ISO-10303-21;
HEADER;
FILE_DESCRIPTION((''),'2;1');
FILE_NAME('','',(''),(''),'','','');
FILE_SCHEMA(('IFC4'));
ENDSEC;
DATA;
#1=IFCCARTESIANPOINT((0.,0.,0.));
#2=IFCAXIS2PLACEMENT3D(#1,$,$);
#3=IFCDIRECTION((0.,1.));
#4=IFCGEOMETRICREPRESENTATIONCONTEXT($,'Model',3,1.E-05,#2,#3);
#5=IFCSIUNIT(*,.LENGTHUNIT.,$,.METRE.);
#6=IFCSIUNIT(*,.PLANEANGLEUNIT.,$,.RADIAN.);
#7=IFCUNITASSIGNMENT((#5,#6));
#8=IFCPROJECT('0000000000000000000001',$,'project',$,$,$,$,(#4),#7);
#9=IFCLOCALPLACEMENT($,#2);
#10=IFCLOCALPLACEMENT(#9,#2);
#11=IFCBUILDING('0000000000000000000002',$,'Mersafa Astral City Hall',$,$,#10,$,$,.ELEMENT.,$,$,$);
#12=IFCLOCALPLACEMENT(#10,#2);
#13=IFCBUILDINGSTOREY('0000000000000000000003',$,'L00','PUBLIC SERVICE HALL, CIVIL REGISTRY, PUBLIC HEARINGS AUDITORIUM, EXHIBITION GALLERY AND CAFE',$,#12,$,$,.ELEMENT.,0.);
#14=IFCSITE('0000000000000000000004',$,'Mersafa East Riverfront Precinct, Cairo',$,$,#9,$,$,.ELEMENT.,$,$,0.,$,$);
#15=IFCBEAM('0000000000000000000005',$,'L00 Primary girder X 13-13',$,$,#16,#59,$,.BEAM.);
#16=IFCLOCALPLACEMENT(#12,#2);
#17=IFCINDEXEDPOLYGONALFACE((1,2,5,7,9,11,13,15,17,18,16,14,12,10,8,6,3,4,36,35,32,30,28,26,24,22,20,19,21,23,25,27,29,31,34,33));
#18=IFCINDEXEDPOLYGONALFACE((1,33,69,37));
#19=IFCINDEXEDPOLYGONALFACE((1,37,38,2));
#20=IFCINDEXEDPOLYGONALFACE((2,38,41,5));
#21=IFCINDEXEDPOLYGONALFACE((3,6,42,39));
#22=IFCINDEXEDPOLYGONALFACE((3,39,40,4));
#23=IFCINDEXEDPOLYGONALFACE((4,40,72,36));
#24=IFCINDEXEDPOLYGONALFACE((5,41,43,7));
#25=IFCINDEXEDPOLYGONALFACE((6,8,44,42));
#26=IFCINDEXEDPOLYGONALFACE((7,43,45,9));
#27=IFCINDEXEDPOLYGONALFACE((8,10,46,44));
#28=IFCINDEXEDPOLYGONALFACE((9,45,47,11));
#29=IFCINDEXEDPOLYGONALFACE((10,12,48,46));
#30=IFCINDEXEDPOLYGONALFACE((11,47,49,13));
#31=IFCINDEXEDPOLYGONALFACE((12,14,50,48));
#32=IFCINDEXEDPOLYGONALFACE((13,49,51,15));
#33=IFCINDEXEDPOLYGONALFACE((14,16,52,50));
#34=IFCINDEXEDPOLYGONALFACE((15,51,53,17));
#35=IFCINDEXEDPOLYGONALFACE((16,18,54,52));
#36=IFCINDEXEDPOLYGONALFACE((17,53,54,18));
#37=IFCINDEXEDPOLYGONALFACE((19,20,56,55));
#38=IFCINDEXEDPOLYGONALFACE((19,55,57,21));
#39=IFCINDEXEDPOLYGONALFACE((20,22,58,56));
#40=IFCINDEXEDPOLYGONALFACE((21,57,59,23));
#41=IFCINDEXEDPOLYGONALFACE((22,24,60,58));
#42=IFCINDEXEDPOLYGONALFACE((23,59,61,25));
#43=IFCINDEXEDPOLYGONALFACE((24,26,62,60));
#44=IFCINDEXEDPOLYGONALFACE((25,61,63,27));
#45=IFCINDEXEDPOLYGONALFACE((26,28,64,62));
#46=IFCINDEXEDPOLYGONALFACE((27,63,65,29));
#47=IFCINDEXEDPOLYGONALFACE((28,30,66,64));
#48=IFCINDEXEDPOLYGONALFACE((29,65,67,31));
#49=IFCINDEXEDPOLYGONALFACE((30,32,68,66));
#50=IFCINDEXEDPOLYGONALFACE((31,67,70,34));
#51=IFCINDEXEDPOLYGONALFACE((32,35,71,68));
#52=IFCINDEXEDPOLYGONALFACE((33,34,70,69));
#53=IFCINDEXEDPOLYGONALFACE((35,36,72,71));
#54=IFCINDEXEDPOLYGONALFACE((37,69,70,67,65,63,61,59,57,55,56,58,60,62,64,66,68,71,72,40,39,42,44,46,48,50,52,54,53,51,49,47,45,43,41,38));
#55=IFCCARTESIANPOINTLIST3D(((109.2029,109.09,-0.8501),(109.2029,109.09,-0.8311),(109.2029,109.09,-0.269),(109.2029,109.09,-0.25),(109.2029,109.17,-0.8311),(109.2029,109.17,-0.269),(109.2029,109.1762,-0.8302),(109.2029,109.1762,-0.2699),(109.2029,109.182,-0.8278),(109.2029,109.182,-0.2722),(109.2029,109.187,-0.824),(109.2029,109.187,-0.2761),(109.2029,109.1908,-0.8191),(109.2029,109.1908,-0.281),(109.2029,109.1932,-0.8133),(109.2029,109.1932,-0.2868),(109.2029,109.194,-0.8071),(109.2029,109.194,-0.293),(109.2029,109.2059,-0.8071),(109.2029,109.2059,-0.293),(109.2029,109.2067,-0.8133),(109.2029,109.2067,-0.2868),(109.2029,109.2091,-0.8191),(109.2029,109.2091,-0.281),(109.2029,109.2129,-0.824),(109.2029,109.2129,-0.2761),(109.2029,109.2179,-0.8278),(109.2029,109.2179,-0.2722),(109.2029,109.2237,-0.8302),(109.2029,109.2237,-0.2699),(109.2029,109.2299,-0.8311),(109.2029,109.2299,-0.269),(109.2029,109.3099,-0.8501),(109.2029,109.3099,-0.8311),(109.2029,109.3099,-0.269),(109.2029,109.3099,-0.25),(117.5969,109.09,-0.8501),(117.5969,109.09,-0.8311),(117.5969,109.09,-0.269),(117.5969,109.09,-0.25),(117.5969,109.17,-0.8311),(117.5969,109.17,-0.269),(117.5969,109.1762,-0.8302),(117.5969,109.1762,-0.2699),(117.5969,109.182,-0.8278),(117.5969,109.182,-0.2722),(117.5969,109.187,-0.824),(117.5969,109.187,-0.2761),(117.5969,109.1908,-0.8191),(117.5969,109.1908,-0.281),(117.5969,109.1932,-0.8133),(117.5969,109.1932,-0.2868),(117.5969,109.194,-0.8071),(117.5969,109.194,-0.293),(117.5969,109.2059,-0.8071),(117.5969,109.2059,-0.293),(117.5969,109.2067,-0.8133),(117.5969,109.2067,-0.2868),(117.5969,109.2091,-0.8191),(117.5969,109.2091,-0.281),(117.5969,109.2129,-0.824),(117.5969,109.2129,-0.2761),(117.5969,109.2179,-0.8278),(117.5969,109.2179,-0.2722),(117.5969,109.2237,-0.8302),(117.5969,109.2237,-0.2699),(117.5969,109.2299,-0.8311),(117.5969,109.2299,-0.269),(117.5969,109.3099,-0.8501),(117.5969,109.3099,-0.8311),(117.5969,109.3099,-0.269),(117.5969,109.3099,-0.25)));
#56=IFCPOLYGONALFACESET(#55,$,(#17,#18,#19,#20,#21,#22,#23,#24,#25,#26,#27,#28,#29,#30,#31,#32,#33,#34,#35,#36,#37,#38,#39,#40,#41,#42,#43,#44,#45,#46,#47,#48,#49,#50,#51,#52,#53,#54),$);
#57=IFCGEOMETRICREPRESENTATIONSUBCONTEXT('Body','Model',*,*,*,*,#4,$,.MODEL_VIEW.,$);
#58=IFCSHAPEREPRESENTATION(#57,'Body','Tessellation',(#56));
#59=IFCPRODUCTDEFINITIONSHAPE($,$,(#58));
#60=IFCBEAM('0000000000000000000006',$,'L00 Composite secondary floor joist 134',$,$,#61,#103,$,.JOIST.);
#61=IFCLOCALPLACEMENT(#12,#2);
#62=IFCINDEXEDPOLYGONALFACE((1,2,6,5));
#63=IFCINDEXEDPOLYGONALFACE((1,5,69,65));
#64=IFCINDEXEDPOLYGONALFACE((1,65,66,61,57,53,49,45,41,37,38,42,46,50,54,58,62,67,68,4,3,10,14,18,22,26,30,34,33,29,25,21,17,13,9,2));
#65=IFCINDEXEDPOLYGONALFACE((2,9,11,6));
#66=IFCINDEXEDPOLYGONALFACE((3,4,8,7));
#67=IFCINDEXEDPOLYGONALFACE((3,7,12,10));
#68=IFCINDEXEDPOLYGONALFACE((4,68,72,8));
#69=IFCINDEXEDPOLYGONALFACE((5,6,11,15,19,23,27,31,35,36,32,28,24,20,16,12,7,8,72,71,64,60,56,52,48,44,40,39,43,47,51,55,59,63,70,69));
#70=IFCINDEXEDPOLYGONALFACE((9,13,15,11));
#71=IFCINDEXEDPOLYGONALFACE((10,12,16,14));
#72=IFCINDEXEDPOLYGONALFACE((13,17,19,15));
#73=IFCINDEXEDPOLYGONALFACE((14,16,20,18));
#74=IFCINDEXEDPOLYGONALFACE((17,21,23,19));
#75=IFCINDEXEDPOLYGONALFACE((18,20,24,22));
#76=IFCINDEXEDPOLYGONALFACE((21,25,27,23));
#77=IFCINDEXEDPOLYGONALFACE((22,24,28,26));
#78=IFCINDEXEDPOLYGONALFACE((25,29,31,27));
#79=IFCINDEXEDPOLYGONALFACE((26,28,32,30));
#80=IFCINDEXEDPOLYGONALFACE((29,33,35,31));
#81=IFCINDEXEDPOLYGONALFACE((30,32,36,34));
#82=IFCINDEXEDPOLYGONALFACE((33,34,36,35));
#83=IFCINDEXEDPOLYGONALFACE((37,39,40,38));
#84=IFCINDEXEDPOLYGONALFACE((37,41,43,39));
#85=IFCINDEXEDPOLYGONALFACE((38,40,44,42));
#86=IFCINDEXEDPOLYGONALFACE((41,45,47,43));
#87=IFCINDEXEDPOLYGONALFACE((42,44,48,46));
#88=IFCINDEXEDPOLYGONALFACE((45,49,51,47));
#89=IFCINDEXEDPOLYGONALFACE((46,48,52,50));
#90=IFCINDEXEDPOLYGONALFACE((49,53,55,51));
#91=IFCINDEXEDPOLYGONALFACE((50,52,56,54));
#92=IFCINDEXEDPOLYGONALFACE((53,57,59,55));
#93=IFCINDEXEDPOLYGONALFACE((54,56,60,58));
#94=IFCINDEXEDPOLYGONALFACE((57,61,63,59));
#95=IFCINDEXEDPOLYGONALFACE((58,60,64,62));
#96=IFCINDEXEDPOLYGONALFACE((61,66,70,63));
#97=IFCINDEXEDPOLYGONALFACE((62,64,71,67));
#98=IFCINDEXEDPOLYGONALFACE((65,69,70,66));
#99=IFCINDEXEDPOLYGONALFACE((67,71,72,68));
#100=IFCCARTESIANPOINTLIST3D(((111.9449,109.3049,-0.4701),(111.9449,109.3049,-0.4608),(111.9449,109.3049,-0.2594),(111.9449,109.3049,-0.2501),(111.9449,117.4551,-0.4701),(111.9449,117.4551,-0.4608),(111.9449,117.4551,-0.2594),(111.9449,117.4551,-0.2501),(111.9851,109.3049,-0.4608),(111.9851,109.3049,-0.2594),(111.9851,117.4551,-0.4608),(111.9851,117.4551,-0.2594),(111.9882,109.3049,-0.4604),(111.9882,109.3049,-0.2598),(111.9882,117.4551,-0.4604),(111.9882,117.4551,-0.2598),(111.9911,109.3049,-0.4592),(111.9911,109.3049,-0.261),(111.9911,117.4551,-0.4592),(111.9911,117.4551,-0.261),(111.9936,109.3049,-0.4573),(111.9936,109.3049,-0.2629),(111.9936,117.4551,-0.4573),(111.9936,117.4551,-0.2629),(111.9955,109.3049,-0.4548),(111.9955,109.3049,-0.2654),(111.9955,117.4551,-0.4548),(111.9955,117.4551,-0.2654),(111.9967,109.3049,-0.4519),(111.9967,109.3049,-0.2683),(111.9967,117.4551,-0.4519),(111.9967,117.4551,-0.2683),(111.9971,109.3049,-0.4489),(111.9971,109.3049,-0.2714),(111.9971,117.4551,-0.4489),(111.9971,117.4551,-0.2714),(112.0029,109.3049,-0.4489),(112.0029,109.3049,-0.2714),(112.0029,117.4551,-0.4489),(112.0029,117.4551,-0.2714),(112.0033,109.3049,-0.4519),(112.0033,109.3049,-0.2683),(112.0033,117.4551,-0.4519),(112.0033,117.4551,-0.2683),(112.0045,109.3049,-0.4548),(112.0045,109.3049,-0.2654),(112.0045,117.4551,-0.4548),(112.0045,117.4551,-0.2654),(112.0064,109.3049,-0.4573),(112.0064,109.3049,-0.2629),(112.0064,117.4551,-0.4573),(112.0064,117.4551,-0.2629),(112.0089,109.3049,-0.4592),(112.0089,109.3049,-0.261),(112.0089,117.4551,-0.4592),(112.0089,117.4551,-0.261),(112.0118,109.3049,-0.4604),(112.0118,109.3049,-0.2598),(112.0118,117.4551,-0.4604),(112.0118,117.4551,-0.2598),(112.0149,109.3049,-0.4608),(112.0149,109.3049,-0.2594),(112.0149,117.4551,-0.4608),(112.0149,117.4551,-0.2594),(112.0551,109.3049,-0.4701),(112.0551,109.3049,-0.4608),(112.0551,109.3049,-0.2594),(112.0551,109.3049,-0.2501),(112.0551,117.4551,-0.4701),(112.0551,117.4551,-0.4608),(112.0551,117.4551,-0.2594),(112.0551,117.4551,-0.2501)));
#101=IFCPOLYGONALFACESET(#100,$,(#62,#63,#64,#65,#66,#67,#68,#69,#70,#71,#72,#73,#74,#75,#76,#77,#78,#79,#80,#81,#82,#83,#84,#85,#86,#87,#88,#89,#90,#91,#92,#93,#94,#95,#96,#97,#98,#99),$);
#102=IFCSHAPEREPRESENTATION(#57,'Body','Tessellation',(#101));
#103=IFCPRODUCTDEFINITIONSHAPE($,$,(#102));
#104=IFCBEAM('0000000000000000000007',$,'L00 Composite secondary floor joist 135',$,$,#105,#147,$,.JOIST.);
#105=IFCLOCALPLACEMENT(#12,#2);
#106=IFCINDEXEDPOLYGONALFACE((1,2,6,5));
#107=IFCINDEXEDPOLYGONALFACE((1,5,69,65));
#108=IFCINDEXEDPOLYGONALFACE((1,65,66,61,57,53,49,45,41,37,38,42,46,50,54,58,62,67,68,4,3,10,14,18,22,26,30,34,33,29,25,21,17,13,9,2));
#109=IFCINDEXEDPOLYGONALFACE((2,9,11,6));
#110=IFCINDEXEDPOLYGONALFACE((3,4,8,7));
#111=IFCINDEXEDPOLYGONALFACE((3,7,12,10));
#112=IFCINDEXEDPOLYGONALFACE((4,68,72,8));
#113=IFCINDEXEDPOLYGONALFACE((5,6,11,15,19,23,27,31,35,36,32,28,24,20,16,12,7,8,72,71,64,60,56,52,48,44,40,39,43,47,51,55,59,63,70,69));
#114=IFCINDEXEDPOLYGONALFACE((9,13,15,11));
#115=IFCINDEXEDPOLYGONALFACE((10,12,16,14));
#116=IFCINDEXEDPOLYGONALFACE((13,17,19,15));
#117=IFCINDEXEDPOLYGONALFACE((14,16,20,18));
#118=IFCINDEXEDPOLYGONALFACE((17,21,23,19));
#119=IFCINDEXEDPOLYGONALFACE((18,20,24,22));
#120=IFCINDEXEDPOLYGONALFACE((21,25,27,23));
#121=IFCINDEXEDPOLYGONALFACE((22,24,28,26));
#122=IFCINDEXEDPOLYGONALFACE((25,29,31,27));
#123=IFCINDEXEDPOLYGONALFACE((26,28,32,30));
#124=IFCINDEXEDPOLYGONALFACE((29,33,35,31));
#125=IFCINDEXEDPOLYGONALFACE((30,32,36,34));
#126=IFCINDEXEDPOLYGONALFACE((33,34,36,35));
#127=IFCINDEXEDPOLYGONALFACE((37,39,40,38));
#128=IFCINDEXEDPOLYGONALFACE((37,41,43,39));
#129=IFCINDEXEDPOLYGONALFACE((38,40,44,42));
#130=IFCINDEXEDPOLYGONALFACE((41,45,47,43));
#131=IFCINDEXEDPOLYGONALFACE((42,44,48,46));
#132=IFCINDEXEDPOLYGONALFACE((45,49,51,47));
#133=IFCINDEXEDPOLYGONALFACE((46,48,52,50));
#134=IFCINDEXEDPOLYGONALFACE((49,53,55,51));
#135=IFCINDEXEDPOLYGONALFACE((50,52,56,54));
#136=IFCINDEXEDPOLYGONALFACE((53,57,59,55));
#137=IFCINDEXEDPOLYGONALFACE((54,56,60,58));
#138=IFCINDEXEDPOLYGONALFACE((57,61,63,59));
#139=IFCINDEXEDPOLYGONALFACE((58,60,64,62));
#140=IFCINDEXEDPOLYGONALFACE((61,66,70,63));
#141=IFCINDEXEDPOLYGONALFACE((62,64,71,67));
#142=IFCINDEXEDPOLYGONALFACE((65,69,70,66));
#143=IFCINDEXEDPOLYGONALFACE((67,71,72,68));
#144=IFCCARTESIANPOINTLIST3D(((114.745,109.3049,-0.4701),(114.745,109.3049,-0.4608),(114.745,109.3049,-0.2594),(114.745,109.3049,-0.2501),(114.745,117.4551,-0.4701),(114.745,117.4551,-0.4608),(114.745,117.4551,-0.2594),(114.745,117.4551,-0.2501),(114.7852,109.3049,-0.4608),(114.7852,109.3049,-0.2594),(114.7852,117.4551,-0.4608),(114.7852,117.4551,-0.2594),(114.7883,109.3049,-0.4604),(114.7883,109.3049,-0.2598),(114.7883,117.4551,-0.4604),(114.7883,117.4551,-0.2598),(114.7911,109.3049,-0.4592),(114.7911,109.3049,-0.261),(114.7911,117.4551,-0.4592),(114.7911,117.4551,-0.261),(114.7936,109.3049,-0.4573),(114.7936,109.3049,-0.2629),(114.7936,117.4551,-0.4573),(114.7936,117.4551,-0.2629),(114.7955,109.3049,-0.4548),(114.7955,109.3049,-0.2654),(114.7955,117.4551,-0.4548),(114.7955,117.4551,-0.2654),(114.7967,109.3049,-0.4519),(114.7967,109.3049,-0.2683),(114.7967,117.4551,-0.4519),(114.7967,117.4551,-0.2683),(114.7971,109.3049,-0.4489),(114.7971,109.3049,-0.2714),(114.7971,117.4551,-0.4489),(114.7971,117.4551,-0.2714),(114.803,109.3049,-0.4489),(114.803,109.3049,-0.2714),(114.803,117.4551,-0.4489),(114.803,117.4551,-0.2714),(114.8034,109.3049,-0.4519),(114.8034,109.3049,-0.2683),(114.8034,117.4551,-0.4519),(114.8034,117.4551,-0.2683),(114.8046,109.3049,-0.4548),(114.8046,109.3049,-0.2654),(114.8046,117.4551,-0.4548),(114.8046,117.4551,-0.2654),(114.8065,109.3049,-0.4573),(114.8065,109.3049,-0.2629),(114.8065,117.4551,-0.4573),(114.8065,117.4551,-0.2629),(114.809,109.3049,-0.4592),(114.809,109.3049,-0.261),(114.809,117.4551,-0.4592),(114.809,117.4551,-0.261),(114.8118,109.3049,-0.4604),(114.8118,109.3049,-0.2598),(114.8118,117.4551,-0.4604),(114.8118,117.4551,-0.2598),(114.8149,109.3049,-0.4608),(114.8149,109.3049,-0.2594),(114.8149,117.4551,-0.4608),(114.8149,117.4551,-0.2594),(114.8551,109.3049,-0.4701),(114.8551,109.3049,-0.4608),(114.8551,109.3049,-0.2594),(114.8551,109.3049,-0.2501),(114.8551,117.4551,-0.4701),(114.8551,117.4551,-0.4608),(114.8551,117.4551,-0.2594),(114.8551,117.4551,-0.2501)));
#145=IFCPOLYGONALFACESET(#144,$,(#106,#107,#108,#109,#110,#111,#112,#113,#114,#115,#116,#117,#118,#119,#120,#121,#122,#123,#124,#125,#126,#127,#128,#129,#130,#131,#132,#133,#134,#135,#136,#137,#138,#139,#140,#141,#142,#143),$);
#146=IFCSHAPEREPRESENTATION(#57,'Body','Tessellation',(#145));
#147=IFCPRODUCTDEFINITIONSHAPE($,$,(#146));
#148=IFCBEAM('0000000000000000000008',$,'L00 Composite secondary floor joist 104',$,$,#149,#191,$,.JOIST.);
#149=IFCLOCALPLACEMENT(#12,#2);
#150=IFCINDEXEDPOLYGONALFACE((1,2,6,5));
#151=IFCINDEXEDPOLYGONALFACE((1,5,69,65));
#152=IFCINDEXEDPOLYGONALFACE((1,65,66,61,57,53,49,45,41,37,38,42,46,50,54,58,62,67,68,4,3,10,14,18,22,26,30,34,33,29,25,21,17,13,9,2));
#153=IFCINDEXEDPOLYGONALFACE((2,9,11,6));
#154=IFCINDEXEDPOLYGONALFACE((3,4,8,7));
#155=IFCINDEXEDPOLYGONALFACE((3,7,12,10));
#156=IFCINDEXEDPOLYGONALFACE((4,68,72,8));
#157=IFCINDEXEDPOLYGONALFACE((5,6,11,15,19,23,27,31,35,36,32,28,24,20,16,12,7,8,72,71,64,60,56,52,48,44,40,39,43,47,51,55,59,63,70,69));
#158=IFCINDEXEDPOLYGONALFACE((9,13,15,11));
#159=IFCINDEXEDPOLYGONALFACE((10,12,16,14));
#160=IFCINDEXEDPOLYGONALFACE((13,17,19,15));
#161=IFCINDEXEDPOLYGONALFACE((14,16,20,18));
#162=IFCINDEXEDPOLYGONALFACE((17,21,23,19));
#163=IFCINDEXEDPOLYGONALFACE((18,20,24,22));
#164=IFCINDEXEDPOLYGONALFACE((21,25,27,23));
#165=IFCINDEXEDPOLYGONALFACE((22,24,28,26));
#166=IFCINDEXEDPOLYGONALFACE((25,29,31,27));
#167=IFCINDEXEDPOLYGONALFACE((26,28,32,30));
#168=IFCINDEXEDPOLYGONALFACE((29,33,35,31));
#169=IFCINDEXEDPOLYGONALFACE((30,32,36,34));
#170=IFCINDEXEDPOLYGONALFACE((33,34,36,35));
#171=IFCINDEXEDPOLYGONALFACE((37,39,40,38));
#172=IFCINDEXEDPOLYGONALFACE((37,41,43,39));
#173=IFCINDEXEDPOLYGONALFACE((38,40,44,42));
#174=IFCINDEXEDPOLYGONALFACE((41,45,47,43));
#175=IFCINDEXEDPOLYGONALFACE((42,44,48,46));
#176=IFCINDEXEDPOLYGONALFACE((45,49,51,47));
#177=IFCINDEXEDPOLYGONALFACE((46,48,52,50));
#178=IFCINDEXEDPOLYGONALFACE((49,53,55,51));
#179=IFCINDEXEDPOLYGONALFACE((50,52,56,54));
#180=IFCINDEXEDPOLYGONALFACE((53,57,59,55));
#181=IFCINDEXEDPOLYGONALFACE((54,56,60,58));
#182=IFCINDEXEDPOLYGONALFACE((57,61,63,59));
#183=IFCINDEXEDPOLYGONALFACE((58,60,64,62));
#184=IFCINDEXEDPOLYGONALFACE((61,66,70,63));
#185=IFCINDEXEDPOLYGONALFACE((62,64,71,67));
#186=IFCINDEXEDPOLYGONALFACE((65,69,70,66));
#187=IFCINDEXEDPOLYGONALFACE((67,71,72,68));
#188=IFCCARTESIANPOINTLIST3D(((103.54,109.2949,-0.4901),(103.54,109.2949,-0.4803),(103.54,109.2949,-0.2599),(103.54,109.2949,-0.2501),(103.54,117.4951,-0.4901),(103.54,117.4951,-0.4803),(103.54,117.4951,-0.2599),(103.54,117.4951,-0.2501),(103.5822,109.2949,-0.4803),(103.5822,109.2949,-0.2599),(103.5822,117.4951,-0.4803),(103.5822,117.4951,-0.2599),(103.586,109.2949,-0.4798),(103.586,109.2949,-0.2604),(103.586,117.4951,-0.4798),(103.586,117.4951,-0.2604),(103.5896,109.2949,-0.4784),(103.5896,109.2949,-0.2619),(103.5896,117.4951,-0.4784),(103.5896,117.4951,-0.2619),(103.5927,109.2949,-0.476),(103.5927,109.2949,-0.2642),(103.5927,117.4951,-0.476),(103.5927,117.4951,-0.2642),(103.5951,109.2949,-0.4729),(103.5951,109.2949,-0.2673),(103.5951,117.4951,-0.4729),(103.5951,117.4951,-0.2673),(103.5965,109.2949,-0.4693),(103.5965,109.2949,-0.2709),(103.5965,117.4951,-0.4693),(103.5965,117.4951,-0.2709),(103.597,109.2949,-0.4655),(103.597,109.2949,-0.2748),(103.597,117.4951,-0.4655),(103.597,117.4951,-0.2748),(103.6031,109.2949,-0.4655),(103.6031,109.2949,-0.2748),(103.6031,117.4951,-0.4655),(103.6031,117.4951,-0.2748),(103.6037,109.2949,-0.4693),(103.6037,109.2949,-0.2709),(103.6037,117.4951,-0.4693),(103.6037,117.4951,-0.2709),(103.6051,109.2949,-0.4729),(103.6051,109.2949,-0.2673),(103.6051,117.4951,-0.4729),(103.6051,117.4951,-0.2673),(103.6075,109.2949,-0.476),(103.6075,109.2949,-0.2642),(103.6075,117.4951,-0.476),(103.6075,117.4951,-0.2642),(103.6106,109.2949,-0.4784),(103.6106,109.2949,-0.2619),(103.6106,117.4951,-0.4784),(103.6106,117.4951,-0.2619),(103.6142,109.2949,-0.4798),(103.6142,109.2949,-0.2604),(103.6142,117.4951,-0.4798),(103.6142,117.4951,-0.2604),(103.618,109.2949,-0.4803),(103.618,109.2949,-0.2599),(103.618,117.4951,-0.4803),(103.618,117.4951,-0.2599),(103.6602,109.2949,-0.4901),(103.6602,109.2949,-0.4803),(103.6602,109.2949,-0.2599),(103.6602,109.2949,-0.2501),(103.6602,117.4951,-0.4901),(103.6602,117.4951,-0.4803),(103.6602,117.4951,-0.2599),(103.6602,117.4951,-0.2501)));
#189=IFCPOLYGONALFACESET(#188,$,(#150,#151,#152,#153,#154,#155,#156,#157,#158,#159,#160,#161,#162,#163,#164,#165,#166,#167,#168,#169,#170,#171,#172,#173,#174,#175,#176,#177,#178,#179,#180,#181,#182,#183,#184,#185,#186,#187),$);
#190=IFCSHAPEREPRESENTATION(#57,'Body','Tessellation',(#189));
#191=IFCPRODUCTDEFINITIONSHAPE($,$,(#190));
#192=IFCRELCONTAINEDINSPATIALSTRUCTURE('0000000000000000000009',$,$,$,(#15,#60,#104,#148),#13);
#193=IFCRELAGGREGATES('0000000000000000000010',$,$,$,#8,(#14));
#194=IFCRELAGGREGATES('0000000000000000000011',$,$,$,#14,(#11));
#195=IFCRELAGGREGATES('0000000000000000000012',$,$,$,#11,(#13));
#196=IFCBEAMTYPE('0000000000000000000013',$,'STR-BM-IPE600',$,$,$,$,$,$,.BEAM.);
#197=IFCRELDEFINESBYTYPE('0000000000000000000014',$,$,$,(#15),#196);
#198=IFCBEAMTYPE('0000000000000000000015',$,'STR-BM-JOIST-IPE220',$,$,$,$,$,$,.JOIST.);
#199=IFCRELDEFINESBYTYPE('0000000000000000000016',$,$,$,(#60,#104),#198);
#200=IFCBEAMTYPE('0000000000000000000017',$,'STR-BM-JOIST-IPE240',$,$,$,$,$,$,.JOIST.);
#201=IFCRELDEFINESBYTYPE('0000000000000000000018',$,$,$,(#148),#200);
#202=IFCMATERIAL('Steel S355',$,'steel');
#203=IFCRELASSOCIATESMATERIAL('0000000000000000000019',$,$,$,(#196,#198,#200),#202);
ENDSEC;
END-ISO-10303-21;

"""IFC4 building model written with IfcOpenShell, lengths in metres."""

from ifc_helpers import new_model, si_unit, direction, frame, origin, origin_2d, place, context, subcontext, project, spatial, i_section, extrude, material, material_profile, profile_set, type_object, element, save


model = new_model("IFC4")

# Units and contexts
model_context = context("Model", 3, precision=1e-05, world=origin(), true_north=direction((0.0, 1.0)))
body_context = subcontext(model_context, "Body", "Model", "MODEL_VIEW")
ifc_project = project(units=[si_unit("LENGTHUNIT", "METRE"), si_unit("PLANEANGLEUNIT", "RADIAN")], contexts=[model_context])

# Site, building, storey
site_placement = place(None, origin())
site = spatial("IfcSite", under=ifc_project, at=site_placement, Name="Mersafa East Riverfront Precinct, Cairo", CompositionType="ELEMENT", RefElevation=0.0)
building_placement = place(site_placement, origin())
building = spatial("IfcBuilding", under=site, at=building_placement, Name="Mersafa Astral City Hall", CompositionType="ELEMENT")
storey_placement = place(building_placement, origin())
storey = spatial("IfcBuildingStorey", under=building, at=storey_placement, Name="L00", Description="PUBLIC SERVICE HALL, CIVIL REGISTRY, PUBLIC HEARINGS AUDITORIUM, EXHIBITION GALLERY AND CAFE", CompositionType="ELEMENT", Elevation=0.0)

# Shared definitions
ifc_material_1 = material(Name="Steel S355", Category="steel")

# Beams
ifc_material_profile_1 = material_profile(ifc_material_1, i_section(OverallWidth=0.22, OverallDepth=0.6001, WebThickness=0.012, FlangeThickness=0.019, FilletRadius=0.0239, at=origin_2d()), Name="IPE 600")
ifc_profile_set_1 = profile_set([ifc_material_profile_1], Name="Steel S355")
beam_type_1 = type_object("IfcBeamType", Name="STR-BM-IPE600", PredefinedType="BEAM", material=ifc_profile_set_1)
beam_1_placement = place(storey_placement, frame((109.2029, 109.2, -0.55), z_axis=(1.0, 0.0, 0.0), x_axis=(0.0, 1.0, 0.0)))
element("IfcBeam", 1, at=beam_1_placement, inside=storey, type_object=beam_type_1, Name="L00 Primary girder X 13-13", PredefinedType="BEAM", context=body_context, shape_type="SweptSolid", body=[
    extrude(i_section(OverallWidth=0.22, OverallDepth=0.6001, WebThickness=0.012, FlangeThickness=0.019, FilletRadius=0.0239, at=origin_2d()), origin(), (0.0, 0.0, 1.0), 8.394),
])
ifc_material_profile_2 = material_profile(ifc_material_1, i_section(OverallWidth=0.1101, OverallDepth=0.22, WebThickness=0.0059, FlangeThickness=0.0093, FilletRadius=0.012, at=origin_2d()), Name="IPE 220")
ifc_profile_set_2 = profile_set([ifc_material_profile_2], Name="Steel S355")
beam_type_2 = type_object("IfcBeamType", Name="STR-BM-JOIST-IPE220", PredefinedType="JOIST", material=ifc_profile_set_2)
for number, where, z_axis, x_axis, name in (
    (2, (112.0, 109.3049, -0.3601), (0.0, 1.0, 0.0), (-1.0, 0.0, 0.0), "L00 Composite secondary floor joist 134"),
    (3, (114.8, 109.3049, -0.3601), (0.0, 1.0, 0.0), (-1.0, 0.0, 0.0), "L00 Composite secondary floor joist 135"),
):
    element("IfcBeam", number, at=place(storey_placement, frame(where, z_axis=z_axis, x_axis=x_axis)), inside=storey, type_object=beam_type_2, Name=name, PredefinedType="JOIST", context=body_context, shape_type="SweptSolid", body=[
        extrude(i_section(OverallWidth=0.1101, OverallDepth=0.22, WebThickness=0.0059, FlangeThickness=0.0093, FilletRadius=0.012, at=origin_2d()), origin(), (0.0, 0.0, 1.0), 8.1501),
    ])
ifc_material_profile_3 = material_profile(ifc_material_1, i_section(OverallWidth=0.1201, OverallDepth=0.24, WebThickness=0.0061, FlangeThickness=0.0098, FilletRadius=0.0149, at=origin_2d()), Name="IPE 240")
ifc_profile_set_3 = profile_set([ifc_material_profile_3], Name="Steel S355")
beam_type_3 = type_object("IfcBeamType", Name="STR-BM-JOIST-IPE240", PredefinedType="JOIST", material=ifc_profile_set_3)
for number, where, z_axis, x_axis, name in (
    (4, (103.6001, 109.2949, -0.3701), (0.0, 1.0, 0.0), (-1.0, 0.0, 0.0), "L00 Composite secondary floor joist 104"),
):
    element("IfcBeam", number, at=place(storey_placement, frame(where, z_axis=z_axis, x_axis=x_axis)), inside=storey, type_object=beam_type_3, Name=name, PredefinedType="JOIST", context=body_context, shape_type="SweptSolid", body=[
        extrude(i_section(OverallWidth=0.1201, OverallDepth=0.24, WebThickness=0.0061, FlangeThickness=0.0098, FilletRadius=0.0149, at=origin_2d()), origin(), (0.0, 0.0, 1.0), 8.2002),
    ])

save(model, "model.ifc")
